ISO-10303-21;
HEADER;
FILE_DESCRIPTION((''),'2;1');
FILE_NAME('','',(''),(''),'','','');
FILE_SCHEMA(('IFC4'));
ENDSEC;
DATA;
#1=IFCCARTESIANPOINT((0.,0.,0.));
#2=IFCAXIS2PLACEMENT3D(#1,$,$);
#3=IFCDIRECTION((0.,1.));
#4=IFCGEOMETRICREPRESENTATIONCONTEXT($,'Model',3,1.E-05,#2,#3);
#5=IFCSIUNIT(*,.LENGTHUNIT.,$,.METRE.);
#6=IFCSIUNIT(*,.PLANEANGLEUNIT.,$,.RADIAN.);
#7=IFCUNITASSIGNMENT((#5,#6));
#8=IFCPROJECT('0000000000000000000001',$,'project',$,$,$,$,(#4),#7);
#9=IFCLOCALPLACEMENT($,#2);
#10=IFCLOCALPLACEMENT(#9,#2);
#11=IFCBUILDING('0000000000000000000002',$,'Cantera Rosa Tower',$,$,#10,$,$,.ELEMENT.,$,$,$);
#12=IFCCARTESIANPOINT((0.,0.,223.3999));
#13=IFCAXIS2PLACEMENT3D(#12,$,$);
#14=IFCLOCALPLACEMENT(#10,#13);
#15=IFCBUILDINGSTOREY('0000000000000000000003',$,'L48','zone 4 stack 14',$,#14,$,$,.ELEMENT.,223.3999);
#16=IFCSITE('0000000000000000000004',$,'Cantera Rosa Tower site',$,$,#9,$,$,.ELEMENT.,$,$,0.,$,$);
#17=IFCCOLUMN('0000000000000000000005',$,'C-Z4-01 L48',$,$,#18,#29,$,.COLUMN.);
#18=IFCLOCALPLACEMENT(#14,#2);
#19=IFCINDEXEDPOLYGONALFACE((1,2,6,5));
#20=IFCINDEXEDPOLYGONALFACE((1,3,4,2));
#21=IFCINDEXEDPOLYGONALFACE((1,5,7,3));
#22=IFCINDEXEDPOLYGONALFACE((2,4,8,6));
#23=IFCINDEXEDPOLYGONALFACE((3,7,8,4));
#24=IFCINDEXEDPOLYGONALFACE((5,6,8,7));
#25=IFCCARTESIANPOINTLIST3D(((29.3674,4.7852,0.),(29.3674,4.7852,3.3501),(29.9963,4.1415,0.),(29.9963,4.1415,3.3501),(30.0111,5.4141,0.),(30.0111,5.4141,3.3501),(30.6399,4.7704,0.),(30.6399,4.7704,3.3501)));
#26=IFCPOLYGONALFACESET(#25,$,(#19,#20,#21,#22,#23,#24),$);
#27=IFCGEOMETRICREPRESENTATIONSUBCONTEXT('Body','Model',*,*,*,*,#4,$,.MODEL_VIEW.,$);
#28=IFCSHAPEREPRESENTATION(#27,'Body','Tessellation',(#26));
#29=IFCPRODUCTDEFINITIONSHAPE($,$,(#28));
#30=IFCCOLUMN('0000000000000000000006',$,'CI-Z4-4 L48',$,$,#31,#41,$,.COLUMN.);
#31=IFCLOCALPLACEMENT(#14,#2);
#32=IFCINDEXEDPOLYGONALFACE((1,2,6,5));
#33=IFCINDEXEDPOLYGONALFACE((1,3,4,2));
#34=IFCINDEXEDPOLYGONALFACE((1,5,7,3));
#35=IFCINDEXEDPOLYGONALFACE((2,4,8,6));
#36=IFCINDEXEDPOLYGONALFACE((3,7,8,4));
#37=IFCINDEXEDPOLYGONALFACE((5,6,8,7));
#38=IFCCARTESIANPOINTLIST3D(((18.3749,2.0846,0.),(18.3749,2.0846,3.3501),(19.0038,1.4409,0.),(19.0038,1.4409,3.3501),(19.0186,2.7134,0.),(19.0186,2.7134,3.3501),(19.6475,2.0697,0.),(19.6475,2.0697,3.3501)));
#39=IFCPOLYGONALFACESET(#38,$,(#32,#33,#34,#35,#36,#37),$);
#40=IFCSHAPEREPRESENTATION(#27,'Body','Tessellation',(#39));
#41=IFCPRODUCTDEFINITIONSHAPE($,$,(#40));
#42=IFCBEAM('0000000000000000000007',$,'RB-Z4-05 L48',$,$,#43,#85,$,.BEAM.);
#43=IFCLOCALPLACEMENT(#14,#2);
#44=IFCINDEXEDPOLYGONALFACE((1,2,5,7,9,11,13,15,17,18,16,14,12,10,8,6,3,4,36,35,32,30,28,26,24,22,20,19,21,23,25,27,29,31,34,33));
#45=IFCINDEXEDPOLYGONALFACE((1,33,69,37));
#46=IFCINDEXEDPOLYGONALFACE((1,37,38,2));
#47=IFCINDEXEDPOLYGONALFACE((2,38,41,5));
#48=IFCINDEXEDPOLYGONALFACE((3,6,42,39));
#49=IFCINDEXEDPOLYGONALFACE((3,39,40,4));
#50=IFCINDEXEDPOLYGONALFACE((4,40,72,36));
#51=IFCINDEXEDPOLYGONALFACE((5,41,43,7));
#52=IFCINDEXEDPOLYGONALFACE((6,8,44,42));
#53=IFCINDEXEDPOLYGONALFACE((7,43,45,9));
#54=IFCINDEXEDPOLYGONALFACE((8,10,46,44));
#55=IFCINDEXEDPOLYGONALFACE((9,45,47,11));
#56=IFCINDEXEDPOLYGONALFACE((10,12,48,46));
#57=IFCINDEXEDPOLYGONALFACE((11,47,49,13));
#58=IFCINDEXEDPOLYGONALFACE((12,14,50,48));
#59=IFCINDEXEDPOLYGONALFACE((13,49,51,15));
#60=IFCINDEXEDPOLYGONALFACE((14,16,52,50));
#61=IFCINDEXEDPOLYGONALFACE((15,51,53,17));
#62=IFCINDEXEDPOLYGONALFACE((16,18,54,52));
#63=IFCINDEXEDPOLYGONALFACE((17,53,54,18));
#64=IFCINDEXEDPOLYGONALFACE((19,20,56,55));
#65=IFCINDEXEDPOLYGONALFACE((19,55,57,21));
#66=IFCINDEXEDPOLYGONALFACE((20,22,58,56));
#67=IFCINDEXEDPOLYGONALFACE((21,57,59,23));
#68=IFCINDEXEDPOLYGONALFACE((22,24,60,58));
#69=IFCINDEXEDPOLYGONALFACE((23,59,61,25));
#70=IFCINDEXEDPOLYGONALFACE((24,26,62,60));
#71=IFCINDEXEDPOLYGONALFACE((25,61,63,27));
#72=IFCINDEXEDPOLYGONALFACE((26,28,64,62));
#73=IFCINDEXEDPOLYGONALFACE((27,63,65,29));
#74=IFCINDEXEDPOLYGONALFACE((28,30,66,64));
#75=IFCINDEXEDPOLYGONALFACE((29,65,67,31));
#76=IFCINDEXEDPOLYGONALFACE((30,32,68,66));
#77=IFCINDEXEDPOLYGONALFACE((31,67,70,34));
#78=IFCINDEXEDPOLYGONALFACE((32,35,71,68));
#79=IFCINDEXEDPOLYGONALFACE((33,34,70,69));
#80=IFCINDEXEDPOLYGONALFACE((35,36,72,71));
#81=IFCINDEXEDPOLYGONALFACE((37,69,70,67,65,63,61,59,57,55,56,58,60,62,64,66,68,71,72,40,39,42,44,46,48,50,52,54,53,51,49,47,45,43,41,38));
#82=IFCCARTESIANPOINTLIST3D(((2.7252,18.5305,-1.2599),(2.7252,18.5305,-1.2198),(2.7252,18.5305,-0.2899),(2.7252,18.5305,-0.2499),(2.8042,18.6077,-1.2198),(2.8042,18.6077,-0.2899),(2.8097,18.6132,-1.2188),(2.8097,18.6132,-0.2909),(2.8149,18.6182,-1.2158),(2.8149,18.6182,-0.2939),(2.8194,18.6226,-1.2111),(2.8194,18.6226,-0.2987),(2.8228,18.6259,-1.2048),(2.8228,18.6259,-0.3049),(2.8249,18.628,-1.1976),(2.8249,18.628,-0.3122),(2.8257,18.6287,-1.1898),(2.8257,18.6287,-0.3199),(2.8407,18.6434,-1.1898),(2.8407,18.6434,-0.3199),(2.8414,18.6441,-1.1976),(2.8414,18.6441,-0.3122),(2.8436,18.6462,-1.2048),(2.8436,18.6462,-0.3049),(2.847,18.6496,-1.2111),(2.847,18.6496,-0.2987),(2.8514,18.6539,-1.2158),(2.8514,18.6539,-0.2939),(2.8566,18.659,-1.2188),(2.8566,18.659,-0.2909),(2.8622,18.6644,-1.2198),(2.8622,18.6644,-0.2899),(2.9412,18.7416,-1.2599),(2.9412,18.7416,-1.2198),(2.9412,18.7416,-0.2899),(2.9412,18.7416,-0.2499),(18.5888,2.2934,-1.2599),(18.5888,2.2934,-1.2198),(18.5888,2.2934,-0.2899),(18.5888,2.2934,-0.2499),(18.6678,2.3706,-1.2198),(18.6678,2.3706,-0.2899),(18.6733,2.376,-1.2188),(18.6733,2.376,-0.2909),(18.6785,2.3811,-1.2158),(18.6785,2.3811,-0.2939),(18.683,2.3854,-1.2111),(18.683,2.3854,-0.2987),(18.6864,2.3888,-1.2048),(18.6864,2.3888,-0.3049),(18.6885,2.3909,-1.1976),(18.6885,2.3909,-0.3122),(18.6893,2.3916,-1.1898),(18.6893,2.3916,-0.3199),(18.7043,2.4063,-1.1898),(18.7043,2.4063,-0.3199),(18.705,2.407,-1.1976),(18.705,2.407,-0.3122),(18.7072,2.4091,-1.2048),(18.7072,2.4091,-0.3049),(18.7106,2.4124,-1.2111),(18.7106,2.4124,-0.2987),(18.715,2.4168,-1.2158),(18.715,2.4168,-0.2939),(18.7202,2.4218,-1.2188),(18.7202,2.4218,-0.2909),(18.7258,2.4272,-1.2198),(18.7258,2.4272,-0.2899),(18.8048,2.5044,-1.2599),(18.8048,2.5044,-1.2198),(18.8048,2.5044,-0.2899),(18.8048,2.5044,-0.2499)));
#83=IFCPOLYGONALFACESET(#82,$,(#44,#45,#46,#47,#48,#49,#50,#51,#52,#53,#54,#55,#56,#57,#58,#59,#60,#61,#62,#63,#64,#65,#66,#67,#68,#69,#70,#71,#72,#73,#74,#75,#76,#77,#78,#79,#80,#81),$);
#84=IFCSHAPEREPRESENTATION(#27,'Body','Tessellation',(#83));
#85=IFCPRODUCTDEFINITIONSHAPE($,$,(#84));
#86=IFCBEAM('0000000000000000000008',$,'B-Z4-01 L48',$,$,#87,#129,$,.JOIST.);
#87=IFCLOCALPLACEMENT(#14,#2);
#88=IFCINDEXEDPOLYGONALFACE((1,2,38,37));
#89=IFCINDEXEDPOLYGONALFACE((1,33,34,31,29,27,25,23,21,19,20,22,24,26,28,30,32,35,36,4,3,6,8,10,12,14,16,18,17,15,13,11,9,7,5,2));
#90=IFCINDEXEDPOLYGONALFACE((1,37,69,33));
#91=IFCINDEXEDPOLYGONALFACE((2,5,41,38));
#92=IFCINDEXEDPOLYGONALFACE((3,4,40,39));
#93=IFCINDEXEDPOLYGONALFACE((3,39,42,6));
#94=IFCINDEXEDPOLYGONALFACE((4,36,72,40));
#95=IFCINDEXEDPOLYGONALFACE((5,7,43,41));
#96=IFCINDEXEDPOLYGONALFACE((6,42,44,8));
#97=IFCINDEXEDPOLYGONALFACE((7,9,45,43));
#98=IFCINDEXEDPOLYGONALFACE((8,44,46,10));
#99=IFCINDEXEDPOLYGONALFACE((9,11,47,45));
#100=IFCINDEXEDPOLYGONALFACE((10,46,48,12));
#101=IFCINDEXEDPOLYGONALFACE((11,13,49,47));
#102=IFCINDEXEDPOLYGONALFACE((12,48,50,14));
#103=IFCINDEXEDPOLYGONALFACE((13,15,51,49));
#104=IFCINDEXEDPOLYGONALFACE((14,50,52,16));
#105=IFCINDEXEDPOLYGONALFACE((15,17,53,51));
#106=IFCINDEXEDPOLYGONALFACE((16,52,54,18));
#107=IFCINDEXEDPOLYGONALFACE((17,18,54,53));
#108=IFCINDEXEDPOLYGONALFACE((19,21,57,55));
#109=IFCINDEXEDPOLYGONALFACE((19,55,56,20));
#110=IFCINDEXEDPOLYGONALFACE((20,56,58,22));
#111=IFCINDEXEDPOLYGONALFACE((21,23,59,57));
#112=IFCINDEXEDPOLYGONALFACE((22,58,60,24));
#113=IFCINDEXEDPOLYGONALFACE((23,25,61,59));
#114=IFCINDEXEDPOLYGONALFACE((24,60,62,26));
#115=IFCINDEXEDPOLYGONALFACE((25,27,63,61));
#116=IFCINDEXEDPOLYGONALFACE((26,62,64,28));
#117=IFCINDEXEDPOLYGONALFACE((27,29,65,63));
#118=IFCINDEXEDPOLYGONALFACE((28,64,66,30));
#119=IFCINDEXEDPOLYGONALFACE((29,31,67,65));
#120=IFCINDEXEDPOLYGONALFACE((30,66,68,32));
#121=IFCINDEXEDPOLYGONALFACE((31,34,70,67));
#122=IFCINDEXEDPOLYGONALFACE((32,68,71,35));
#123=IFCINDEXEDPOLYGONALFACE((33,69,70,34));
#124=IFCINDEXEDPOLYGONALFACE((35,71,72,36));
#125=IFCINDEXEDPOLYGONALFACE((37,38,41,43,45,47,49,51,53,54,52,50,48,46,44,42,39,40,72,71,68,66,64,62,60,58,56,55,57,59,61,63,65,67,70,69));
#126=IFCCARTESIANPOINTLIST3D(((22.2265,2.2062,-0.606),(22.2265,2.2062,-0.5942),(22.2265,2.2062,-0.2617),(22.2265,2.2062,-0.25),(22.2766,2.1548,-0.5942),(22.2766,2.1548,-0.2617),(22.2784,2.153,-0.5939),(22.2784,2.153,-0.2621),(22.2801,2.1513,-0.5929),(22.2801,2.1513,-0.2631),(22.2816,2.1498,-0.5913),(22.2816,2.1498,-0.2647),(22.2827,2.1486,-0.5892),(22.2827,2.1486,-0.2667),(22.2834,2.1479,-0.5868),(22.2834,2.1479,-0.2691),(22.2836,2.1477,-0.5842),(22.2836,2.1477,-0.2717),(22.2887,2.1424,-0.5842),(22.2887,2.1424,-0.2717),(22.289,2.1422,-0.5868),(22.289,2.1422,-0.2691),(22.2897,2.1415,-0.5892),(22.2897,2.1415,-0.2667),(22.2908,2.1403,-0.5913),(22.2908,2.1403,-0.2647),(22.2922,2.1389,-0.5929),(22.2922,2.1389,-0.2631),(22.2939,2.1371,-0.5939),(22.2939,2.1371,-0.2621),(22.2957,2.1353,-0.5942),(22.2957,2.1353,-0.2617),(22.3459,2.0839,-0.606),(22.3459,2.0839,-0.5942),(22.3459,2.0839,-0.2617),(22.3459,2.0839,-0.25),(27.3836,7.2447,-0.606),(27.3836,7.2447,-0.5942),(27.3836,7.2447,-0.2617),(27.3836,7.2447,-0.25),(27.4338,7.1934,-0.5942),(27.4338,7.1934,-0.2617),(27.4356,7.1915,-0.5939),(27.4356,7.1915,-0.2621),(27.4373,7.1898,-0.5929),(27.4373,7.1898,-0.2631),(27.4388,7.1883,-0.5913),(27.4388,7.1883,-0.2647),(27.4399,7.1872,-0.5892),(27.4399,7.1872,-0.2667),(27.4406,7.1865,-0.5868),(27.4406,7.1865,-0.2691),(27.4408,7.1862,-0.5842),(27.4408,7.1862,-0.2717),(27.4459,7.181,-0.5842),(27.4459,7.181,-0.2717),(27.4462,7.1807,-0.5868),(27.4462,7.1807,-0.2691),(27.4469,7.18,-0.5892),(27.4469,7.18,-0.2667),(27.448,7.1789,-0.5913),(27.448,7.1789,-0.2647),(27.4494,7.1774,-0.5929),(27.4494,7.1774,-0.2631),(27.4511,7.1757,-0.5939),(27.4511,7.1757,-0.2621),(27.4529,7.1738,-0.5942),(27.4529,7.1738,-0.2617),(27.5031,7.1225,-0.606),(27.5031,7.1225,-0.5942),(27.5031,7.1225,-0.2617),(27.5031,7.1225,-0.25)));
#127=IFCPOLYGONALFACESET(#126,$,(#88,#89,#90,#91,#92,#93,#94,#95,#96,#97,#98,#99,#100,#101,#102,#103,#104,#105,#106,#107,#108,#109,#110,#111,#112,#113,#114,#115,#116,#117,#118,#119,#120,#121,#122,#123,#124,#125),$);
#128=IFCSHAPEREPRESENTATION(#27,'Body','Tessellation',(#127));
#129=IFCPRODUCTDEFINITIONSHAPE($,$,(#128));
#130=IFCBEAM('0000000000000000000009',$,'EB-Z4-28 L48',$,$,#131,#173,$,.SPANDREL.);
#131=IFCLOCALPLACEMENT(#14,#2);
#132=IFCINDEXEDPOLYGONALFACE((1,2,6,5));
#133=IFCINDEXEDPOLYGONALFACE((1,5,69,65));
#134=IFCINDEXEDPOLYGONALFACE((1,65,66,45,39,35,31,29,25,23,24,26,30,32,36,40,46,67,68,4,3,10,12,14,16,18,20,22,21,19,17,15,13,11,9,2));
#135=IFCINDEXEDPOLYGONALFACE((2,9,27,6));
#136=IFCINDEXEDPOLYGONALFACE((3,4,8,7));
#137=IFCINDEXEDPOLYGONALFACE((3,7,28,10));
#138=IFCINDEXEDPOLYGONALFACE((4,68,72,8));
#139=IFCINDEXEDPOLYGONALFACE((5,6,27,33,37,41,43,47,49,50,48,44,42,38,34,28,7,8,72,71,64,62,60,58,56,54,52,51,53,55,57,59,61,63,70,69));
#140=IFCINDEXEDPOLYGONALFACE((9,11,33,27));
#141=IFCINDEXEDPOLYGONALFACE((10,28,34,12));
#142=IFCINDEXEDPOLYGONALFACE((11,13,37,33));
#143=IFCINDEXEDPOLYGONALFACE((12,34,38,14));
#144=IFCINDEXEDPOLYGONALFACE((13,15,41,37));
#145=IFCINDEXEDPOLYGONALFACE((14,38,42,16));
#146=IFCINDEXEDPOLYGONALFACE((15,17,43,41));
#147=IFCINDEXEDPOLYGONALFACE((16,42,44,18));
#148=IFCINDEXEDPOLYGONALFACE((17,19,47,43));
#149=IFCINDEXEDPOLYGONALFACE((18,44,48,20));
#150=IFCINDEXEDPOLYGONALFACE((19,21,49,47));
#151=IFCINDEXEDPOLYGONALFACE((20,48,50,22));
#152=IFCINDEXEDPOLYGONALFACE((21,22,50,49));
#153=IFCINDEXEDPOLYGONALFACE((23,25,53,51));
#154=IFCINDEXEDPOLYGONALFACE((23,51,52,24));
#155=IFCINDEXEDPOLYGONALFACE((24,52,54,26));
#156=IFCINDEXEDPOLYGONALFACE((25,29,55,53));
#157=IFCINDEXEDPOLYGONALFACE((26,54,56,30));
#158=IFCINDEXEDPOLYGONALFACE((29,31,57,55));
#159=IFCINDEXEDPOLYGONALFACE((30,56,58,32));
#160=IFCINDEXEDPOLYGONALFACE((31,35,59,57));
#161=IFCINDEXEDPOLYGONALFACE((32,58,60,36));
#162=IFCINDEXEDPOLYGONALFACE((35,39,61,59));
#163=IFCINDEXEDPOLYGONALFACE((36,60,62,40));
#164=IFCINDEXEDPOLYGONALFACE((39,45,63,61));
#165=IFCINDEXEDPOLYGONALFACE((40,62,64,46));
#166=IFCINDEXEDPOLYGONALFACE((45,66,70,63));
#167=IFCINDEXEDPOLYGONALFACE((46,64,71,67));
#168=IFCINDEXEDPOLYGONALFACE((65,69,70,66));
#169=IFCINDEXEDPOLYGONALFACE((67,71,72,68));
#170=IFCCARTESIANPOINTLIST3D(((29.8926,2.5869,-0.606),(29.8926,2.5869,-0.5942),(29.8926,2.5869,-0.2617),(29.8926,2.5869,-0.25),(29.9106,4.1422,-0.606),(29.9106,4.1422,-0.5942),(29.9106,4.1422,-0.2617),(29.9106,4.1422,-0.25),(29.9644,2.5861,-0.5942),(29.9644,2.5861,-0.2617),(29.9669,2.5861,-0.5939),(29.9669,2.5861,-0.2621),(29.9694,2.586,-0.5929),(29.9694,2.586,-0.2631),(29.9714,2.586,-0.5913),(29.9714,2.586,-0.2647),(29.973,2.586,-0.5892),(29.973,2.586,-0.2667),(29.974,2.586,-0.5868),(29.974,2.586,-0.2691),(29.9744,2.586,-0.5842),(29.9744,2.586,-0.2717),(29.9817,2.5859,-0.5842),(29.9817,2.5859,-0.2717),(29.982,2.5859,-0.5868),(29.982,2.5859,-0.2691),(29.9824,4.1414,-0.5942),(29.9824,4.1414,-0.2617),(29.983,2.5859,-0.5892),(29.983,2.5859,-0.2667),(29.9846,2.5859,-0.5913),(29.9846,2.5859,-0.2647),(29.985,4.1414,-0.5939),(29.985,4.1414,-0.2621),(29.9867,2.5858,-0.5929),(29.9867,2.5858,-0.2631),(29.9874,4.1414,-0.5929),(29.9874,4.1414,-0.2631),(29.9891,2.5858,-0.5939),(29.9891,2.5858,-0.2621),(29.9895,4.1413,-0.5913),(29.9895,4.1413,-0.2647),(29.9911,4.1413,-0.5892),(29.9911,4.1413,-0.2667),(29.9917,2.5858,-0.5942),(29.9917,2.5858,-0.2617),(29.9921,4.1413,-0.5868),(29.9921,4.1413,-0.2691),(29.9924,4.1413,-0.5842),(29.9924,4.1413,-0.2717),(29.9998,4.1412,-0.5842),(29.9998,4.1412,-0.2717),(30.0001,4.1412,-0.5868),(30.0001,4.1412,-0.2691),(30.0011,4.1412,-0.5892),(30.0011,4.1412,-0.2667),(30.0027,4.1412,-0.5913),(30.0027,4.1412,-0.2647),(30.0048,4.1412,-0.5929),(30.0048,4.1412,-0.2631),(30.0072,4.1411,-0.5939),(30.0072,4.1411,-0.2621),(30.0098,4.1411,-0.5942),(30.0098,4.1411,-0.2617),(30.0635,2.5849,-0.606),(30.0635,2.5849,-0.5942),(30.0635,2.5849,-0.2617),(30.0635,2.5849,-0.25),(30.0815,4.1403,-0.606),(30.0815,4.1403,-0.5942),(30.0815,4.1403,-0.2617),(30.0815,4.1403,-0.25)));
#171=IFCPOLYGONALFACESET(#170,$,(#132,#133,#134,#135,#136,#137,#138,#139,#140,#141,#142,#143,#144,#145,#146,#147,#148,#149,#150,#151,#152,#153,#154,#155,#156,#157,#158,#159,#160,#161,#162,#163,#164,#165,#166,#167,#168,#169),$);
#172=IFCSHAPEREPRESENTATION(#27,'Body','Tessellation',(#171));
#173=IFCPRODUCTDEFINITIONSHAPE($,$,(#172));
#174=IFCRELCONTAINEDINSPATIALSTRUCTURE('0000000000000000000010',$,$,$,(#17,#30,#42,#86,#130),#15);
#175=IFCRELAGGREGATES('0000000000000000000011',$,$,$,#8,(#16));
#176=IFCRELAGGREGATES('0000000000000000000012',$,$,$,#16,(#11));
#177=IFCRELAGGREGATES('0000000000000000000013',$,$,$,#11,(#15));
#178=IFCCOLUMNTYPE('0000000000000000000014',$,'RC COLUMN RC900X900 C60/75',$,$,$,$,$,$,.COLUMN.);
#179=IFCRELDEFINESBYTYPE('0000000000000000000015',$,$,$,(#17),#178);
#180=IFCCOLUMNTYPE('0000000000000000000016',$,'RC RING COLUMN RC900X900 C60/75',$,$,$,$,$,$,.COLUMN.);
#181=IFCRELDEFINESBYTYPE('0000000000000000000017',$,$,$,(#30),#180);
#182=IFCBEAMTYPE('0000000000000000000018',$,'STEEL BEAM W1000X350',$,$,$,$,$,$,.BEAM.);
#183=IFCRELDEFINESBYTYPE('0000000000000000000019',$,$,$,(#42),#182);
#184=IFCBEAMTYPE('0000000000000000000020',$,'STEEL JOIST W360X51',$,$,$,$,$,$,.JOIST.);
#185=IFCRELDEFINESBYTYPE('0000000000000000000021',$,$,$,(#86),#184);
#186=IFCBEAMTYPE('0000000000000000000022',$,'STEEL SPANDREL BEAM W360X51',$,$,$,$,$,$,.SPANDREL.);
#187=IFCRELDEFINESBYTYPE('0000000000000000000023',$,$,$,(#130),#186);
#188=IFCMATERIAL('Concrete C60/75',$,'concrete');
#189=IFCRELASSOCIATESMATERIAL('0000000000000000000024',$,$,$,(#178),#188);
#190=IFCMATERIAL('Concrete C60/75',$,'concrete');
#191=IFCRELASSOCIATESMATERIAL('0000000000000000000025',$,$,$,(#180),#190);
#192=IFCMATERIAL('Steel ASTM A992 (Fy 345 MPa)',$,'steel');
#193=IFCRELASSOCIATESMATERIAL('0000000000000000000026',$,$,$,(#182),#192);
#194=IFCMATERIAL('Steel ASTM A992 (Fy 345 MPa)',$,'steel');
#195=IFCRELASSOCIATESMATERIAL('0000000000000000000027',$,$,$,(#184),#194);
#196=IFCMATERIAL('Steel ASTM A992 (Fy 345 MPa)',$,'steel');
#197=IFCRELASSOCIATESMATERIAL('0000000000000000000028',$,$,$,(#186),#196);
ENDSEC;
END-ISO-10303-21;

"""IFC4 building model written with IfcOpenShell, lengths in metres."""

from ifc_helpers import new_model, si_unit, direction, frame, origin, origin_2d, place, context, subcontext, project, spatial, rectangle, i_section, extrude, material, material_profile, profile_set, type_object, element, save


model = new_model("IFC4")

# Units and contexts
model_context = context("Model", 3, precision=1e-05, world=origin(), true_north=direction((0.0, 1.0)))
body_context = subcontext(model_context, "Body", "Model", "MODEL_VIEW")
ifc_project = project(units=[si_unit("LENGTHUNIT", "METRE"), si_unit("PLANEANGLEUNIT", "RADIAN")], contexts=[model_context])

# Site, building, storey
site_placement = place(None, origin())
site = spatial("IfcSite", under=ifc_project, at=site_placement, Name="Cantera Rosa Tower site", CompositionType="ELEMENT", RefElevation=0.0)
building_placement = place(site_placement, origin())
building = spatial("IfcBuilding", under=site, at=building_placement, Name="Cantera Rosa Tower", CompositionType="ELEMENT")
storey_placement = place(building_placement, frame((0.0, 0.0, 223.3999)))
storey = spatial("IfcBuildingStorey", under=building, at=storey_placement, Name="L48", Description="zone 4 stack 14", CompositionType="ELEMENT", Elevation=223.3999)

# Columns
ifc_material_1 = material(Name="Concrete C60/75", Category="concrete")
ifc_material_profile_1 = material_profile(ifc_material_1, rectangle(XDim=0.8999, YDim=0.8999, at=origin_2d()), Name="RC COLUMN RC900X900 C60/75")
ifc_profile_set_1 = profile_set([ifc_material_profile_1], Name="Concrete C60/75")
column_type_1 = type_object("IfcColumnType", Name="RC COLUMN RC900X900 C60/75", PredefinedType="COLUMN", material=ifc_profile_set_1)
column_1_placement = place(storey_placement, frame((30.0037, 4.7778, 0.0), z_axis=(0.0, 0.0, 1.0), x_axis=(0.715286, 0.698832, 0.0)))
element("IfcColumn", 1, at=column_1_placement, inside=storey, type_object=column_type_1, Name="C-Z4-01 L48", PredefinedType="COLUMN", context=body_context, shape_type="SweptSolid", body=[
    extrude(rectangle(XDim=0.8999, YDim=0.8999, at=origin_2d()), origin(), (0.0, 0.0, 1.0), 3.3501),
])
ifc_material_2 = material(Name="Concrete C60/75", Category="concrete")
ifc_material_profile_2 = material_profile(ifc_material_2, rectangle(XDim=0.8999, YDim=0.8999, at=origin_2d()), Name="RC RING COLUMN RC900X900 C60/75")
ifc_profile_set_2 = profile_set([ifc_material_profile_2], Name="Concrete C60/75")
column_type_2 = type_object("IfcColumnType", Name="RC RING COLUMN RC900X900 C60/75", PredefinedType="COLUMN", material=ifc_profile_set_2)
column_2_placement = place(storey_placement, frame((19.0112, 2.0771, 0.0), z_axis=(0.0, 0.0, 1.0), x_axis=(0.715286, 0.698832, 0.0)))
element("IfcColumn", 2, at=column_2_placement, inside=storey, type_object=column_type_2, Name="CI-Z4-4 L48", PredefinedType="COLUMN", context=body_context, shape_type="SweptSolid", body=[
    extrude(rectangle(XDim=0.8999, YDim=0.8999, at=origin_2d()), origin(), (0.0, 0.0, 1.0), 3.3501),
])

# Beams
ifc_material_3 = material(Name="Steel ASTM A992 (Fy 345 MPa)", Category="steel")
ifc_material_profile_3 = material_profile(ifc_material_3, i_section(OverallWidth=0.302, OverallDepth=1.01, WebThickness=0.021, FlangeThickness=0.04, FilletRadius=0.03, at=origin_2d()), Name="W1000X350")
ifc_profile_set_3 = profile_set([ifc_material_profile_3], Name="Steel ASTM A992 (Fy 345 MPa)")
beam_type_1 = type_object("IfcBeamType", Name="STEEL BEAM W1000X350", PredefinedType="BEAM", material=ifc_profile_set_3)
beam_1_placement = place(storey_placement, frame((18.6968, 2.3989, -0.7549), z_axis=(-0.698831, 0.715287, 0.0), x_axis=(-0.715287, -0.698831, 0.0)))
element("IfcBeam", 3, at=beam_1_placement, inside=storey, type_object=beam_type_1, Name="RB-Z4-05 L48", PredefinedType="BEAM", context=body_context, shape_type="SweptSolid", body=[
    extrude(i_section(OverallWidth=0.302, OverallDepth=1.01, WebThickness=0.021, FlangeThickness=0.04, FilletRadius=0.03, at=origin_2d()), origin(), (0.0, 0.0, 1.0), 22.7002),
])
ifc_material_4 = material(Name="Steel ASTM A992 (Fy 345 MPa)", Category="steel")
ifc_material_profile_4 = material_profile(ifc_material_4, i_section(OverallWidth=0.1709, OverallDepth=0.356, WebThickness=0.0073, FlangeThickness=0.0117, FilletRadius=0.01, at=origin_2d()), Name="W360X51")
ifc_profile_set_4 = profile_set([ifc_material_profile_4], Name="Steel ASTM A992 (Fy 345 MPa)")
beam_type_2 = type_object("IfcBeamType", Name="STEEL JOIST W360X51", PredefinedType="JOIST", material=ifc_profile_set_4)
beam_2_placement = place(storey_placement, frame((27.4434, 7.1836, -0.428), z_axis=(-0.715287, -0.698831, 0.0), x_axis=(0.698831, -0.715287, 0.0)))
element("IfcBeam", 4, at=beam_2_placement, inside=storey, type_object=beam_type_2, Name="B-Z4-01 L48", PredefinedType="JOIST", context=body_context, shape_type="SweptSolid", body=[
    extrude(i_section(OverallWidth=0.1709, OverallDepth=0.356, WebThickness=0.0073, FlangeThickness=0.0117, FilletRadius=0.01, at=origin_2d()), origin(), (0.0, 0.0, 1.0), 7.21),
])
ifc_material_5 = material(Name="Steel ASTM A992 (Fy 345 MPa)", Category="steel")
ifc_material_profile_5 = material_profile(ifc_material_5, i_section(OverallWidth=0.1709, OverallDepth=0.356, WebThickness=0.0073, FlangeThickness=0.0117, FilletRadius=0.01, at=origin_2d()), Name="W360X51")
ifc_profile_set_5 = profile_set([ifc_material_profile_5], Name="Steel ASTM A992 (Fy 345 MPa)")
beam_type_3 = type_object("IfcBeamType", Name="STEEL SPANDREL BEAM W360X51", PredefinedType="SPANDREL", material=ifc_profile_set_5)
beam_3_placement = place(storey_placement, frame((29.978, 2.5859, -0.428), z_axis=(0.011614, 0.999933, 0.0), x_axis=(-0.999933, 0.011614, 0.0)))
element("IfcBeam", 5, at=beam_3_placement, inside=storey, type_object=beam_type_3, Name="EB-Z4-28 L48", PredefinedType="SPANDREL", context=body_context, shape_type="SweptSolid", body=[
    extrude(i_section(OverallWidth=0.1709, OverallDepth=0.356, WebThickness=0.0073, FlangeThickness=0.0117, FilletRadius=0.01, at=origin_2d()), origin(), (0.0, 0.0, 1.0), 1.5554),
])

save(model, "model.ifc")
